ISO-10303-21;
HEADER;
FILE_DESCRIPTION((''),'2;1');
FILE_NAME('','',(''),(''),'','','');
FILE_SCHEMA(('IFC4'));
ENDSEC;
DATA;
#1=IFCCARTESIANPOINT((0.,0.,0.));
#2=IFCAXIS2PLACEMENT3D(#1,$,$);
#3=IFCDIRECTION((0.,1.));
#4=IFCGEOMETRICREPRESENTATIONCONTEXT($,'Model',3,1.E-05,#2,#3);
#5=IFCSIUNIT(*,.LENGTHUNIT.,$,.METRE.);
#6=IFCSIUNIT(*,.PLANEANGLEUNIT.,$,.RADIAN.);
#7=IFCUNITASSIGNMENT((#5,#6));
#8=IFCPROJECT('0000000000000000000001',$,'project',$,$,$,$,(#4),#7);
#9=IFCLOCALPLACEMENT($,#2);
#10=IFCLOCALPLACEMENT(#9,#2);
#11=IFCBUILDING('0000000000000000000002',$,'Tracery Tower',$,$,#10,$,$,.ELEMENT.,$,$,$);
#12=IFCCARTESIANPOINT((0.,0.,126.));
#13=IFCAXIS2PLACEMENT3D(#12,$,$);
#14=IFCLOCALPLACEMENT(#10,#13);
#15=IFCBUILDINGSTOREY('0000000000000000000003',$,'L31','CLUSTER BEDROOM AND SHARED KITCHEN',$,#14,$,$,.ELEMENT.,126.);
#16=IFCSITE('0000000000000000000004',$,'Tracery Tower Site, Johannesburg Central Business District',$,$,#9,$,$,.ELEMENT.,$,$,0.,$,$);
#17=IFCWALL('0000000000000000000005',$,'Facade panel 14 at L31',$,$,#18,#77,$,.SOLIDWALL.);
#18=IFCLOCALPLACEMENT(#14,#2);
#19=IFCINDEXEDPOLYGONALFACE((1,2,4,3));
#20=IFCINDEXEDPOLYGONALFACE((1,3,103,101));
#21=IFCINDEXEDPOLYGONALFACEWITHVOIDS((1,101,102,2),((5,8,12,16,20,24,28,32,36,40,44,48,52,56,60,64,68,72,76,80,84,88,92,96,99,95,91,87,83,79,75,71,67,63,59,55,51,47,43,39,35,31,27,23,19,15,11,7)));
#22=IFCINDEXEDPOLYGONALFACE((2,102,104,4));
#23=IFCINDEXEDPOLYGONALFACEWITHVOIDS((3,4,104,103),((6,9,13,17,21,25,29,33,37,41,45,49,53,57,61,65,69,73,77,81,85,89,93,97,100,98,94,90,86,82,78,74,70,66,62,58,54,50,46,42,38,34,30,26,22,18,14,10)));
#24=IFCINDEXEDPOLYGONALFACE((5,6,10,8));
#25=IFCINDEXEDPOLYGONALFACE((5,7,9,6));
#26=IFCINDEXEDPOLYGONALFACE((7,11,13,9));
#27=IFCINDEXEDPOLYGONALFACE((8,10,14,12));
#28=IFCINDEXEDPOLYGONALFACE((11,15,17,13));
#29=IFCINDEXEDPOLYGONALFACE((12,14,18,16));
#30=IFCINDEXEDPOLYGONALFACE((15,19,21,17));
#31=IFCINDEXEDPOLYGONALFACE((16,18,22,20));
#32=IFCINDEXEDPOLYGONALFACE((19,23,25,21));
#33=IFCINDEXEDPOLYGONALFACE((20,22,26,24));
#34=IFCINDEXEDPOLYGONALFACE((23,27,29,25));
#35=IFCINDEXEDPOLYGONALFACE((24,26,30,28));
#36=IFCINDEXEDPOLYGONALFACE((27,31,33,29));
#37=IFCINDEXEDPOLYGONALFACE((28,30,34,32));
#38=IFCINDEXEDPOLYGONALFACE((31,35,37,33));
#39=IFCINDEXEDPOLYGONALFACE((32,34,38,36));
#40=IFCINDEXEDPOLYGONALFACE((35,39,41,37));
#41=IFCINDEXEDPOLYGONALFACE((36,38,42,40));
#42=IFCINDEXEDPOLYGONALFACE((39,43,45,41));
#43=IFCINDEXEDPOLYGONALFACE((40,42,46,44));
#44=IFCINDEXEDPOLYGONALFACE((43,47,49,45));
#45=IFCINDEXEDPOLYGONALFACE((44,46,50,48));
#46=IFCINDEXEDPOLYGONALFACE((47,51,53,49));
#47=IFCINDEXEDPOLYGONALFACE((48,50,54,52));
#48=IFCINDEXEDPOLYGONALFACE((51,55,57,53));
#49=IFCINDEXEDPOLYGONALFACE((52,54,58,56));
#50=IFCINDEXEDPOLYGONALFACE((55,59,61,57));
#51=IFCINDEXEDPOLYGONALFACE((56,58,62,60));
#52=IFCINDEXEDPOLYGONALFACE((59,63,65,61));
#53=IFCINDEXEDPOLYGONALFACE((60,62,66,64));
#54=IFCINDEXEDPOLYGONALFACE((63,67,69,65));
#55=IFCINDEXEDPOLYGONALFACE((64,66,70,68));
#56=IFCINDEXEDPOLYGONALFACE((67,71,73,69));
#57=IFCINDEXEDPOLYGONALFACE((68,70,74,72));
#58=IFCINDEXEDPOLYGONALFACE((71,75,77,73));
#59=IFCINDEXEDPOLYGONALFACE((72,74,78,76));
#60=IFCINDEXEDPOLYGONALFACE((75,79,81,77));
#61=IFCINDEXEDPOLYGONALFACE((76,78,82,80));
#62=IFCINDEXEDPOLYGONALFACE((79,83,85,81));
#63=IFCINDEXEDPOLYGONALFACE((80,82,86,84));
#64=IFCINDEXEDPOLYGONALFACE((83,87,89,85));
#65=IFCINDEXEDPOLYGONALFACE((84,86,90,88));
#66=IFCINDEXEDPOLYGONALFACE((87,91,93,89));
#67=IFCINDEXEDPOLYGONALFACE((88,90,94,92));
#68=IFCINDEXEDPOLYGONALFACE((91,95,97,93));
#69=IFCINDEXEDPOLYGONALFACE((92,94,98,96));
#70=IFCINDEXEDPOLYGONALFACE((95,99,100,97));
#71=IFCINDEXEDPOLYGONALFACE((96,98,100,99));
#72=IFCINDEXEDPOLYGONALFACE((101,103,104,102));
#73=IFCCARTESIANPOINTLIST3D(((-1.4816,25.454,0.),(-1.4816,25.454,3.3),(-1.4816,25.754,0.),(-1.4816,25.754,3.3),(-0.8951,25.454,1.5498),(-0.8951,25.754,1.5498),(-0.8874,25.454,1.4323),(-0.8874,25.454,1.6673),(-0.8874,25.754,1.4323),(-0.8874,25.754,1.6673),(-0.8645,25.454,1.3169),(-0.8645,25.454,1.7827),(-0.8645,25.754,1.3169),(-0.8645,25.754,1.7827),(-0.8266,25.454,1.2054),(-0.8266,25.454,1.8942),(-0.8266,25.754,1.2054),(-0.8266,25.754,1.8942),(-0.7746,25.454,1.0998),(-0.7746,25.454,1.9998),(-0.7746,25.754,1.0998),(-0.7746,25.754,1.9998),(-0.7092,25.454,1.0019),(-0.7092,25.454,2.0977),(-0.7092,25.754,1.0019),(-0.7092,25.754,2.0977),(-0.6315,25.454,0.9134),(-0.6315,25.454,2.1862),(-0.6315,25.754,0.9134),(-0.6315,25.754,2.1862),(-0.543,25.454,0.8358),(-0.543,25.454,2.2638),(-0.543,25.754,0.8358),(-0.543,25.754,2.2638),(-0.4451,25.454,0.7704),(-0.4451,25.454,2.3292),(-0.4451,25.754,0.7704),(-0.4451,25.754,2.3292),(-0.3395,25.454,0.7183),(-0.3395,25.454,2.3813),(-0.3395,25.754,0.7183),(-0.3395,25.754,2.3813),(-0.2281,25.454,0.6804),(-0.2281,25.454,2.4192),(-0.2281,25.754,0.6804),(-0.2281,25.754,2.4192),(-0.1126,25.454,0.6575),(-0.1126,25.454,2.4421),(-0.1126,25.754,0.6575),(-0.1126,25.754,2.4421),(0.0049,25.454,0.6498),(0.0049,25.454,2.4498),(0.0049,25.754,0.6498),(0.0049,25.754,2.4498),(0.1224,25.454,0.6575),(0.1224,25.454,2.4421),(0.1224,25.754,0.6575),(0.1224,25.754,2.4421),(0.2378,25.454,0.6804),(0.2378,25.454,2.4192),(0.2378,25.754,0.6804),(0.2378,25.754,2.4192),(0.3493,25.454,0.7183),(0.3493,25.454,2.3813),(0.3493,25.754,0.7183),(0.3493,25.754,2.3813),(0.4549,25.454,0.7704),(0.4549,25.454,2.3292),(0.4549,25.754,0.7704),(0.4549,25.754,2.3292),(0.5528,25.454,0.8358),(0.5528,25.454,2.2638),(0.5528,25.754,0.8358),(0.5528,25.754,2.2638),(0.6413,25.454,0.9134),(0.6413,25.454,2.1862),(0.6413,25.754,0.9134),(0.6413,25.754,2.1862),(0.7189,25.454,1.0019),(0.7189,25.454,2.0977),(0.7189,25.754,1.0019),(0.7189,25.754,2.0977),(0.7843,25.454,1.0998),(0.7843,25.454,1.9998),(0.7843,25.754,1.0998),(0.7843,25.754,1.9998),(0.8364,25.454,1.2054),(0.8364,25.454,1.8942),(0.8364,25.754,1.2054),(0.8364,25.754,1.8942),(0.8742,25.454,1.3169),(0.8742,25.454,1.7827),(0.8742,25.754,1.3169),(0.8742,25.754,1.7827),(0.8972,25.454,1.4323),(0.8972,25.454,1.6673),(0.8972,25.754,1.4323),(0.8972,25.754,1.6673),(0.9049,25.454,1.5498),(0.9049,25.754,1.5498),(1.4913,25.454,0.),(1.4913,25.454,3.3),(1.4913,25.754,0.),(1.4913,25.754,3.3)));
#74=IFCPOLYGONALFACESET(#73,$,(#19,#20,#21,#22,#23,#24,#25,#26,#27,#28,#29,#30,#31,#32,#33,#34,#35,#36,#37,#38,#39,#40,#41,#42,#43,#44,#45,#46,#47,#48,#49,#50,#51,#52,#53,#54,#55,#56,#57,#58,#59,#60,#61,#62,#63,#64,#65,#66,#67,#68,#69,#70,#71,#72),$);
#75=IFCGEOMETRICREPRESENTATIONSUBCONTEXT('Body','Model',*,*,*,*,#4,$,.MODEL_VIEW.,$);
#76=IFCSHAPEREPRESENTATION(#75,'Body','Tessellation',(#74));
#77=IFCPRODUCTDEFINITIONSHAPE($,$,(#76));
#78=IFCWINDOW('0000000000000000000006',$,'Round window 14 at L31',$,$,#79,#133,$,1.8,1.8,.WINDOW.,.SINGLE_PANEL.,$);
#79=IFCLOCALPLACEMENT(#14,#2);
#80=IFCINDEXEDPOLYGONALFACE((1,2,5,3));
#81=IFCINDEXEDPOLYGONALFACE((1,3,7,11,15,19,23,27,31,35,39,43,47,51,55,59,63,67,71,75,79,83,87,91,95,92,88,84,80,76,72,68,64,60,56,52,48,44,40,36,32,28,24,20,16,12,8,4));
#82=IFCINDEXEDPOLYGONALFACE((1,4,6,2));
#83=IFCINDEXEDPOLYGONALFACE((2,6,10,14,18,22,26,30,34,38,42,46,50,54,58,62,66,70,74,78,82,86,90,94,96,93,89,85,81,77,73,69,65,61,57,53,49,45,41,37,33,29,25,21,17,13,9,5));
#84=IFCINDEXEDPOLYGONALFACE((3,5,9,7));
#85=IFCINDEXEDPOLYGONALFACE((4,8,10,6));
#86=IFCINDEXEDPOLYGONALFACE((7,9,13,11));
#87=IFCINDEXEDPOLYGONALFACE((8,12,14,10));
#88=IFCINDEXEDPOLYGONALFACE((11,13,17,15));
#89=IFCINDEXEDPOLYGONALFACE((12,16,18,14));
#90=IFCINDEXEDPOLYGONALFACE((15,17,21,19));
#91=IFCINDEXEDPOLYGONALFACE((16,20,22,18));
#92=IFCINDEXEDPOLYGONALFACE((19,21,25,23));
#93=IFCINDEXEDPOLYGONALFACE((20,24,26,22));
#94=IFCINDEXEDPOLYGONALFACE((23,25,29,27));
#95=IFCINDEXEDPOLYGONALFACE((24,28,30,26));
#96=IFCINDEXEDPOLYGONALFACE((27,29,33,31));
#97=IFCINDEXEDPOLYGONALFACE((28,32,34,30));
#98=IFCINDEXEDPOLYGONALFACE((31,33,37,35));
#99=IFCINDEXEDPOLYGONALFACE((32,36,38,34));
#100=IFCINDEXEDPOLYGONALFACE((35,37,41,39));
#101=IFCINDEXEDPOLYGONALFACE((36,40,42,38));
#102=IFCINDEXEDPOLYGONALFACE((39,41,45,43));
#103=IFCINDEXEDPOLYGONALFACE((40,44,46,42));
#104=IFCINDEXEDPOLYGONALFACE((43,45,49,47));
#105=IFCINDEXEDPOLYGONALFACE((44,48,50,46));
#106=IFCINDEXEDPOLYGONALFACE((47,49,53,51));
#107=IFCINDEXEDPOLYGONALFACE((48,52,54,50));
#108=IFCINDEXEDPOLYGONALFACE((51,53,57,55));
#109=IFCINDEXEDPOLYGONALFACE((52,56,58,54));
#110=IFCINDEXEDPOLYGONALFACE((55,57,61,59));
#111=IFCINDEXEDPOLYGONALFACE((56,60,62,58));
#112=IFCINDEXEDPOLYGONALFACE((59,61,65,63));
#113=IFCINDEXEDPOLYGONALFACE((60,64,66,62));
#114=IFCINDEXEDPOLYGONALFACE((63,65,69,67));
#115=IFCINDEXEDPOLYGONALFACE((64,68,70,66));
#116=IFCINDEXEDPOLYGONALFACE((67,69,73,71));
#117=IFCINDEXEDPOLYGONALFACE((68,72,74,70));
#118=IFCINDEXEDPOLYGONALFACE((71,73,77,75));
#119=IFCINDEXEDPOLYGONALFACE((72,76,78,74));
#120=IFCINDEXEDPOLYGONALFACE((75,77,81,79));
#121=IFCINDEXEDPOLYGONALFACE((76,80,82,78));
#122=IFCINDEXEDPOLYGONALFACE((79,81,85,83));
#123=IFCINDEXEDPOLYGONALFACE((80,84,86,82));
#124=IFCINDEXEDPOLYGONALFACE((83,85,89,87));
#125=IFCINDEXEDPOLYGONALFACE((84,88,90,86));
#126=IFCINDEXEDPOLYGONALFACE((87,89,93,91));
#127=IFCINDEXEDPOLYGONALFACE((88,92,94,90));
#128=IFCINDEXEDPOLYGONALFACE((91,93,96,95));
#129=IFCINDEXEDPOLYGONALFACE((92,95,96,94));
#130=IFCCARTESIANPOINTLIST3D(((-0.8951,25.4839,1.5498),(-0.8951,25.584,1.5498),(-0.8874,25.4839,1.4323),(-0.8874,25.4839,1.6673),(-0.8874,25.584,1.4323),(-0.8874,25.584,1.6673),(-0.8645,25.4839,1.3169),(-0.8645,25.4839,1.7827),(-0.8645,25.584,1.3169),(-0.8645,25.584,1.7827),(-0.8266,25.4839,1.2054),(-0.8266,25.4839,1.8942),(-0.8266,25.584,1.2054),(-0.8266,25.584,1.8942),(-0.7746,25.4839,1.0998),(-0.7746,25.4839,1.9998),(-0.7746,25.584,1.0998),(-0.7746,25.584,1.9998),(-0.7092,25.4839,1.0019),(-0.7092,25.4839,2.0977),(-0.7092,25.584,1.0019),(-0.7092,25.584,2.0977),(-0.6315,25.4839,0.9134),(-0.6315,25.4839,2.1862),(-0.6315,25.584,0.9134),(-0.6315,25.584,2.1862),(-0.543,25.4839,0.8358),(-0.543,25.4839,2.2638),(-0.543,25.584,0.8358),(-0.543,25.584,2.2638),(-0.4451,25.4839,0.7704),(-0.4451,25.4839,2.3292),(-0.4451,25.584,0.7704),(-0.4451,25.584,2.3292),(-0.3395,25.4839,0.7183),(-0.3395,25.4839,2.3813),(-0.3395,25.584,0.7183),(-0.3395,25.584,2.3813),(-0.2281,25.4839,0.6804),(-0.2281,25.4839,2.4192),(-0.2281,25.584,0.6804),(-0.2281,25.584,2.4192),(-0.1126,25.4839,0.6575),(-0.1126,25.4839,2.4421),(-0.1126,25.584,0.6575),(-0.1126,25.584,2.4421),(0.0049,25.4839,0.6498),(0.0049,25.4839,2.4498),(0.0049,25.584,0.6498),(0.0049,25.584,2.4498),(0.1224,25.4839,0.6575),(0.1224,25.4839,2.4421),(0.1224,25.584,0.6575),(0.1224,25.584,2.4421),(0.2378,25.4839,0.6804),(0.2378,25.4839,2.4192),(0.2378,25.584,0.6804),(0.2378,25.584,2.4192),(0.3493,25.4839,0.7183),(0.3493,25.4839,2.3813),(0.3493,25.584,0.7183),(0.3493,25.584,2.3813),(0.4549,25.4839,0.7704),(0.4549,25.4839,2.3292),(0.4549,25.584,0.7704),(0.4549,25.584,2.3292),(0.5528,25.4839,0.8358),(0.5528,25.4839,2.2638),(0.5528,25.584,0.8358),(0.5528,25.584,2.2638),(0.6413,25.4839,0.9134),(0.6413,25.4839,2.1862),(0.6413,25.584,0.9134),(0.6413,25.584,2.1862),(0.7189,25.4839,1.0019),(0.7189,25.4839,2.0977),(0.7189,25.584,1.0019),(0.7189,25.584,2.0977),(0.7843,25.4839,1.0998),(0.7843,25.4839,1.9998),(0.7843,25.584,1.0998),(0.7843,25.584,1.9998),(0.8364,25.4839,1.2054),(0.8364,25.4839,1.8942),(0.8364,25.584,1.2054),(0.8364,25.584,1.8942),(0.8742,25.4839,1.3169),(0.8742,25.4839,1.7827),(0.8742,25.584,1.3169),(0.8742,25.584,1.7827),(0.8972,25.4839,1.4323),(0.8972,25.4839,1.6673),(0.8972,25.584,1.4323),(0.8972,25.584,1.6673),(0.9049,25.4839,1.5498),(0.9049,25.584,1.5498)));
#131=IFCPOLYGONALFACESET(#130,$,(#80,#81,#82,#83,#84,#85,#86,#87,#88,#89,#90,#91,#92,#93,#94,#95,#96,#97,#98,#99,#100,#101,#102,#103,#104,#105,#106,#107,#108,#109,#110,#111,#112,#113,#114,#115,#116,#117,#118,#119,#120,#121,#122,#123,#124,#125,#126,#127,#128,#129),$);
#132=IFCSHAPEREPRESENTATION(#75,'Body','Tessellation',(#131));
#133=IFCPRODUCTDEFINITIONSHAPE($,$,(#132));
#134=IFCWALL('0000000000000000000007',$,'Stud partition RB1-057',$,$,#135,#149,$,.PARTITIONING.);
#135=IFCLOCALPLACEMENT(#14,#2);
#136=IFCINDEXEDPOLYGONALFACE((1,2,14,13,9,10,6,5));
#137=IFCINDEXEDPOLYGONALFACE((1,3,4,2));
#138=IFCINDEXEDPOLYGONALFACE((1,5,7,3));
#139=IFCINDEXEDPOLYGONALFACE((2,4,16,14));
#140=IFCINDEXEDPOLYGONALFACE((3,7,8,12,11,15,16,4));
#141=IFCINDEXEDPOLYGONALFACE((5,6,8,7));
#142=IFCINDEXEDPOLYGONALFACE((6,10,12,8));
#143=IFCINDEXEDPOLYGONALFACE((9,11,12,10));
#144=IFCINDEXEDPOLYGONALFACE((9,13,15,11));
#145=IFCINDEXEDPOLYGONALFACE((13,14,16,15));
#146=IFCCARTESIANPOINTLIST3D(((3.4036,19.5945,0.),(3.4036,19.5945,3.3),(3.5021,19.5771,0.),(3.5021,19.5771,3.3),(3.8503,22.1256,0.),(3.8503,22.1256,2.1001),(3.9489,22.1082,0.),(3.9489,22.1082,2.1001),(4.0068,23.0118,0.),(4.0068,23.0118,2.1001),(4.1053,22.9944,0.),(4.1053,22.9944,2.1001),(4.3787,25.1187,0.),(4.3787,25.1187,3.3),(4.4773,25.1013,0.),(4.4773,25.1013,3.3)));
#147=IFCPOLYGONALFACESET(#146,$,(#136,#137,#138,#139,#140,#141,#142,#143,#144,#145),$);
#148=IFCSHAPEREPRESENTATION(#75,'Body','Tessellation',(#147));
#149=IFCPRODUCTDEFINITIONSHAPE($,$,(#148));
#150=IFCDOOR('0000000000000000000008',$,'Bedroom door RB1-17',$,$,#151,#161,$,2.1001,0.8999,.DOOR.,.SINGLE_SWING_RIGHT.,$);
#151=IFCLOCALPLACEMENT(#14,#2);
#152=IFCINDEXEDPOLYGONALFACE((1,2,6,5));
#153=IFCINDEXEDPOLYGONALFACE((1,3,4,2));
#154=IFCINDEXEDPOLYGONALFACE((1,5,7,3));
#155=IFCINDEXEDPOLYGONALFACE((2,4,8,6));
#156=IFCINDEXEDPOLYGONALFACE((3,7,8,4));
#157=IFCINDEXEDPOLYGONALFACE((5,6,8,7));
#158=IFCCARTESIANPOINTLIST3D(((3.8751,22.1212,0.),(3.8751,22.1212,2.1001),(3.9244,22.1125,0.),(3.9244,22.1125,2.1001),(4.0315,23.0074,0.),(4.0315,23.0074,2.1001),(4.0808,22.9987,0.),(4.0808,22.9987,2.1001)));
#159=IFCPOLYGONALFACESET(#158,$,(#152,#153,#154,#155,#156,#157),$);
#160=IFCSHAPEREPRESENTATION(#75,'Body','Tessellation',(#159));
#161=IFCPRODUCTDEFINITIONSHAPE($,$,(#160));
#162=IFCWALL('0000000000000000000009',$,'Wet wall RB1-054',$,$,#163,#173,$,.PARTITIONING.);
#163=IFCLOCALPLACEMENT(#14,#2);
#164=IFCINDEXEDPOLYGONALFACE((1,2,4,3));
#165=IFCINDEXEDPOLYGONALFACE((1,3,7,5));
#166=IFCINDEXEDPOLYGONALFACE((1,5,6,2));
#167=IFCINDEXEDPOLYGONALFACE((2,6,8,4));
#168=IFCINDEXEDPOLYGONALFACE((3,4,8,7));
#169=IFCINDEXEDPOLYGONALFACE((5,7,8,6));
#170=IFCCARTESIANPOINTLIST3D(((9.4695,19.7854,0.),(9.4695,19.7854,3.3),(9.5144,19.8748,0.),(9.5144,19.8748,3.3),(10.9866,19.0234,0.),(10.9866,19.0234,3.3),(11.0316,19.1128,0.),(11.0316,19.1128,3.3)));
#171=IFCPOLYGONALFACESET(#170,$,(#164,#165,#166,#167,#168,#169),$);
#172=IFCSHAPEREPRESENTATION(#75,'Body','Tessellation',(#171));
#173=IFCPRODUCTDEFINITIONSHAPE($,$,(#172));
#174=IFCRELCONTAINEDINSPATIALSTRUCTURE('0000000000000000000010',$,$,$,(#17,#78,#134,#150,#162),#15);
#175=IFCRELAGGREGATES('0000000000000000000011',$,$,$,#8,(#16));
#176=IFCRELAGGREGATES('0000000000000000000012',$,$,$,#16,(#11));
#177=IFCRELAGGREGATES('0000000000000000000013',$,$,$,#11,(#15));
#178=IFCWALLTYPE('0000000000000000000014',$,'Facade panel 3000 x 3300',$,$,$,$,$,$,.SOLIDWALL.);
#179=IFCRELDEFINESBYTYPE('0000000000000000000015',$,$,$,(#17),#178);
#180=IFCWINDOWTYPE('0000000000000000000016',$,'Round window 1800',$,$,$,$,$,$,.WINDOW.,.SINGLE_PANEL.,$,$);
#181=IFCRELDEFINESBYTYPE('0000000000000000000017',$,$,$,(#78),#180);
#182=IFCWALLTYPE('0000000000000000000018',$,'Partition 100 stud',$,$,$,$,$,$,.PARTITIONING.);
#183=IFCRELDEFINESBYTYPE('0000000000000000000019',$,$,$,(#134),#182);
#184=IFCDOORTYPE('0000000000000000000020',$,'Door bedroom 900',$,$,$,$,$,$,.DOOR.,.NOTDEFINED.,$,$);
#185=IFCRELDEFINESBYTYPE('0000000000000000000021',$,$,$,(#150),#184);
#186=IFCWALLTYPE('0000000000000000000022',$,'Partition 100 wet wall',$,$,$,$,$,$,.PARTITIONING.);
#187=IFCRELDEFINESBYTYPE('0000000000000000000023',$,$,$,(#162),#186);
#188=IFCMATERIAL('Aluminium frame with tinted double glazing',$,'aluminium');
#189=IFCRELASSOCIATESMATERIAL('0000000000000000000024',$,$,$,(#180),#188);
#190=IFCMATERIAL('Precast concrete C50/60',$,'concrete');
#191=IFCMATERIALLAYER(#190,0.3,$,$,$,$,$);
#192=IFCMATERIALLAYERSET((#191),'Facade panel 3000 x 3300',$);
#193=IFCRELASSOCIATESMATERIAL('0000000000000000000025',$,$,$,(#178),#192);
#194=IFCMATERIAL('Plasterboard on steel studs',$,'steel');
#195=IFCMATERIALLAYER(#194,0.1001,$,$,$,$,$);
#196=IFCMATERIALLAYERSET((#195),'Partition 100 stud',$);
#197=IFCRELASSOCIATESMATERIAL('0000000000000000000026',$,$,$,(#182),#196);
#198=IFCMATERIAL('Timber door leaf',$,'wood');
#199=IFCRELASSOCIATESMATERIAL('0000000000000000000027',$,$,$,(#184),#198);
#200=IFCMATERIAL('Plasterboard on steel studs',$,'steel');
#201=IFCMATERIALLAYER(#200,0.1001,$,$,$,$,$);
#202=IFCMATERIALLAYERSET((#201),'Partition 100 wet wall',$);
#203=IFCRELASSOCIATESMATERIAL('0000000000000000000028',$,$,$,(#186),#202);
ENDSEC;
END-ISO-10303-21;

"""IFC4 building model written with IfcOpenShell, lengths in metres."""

from ifc_helpers import new_model, si_unit, direction, frame, frame_2d, origin, origin_2d, place, context, subcontext, project, spatial, rectangle, circle, extrude, material, layer, layer_set, type_object, element, fill, save


model = new_model("IFC4")

# Units and contexts
model_context = context("Model", 3, precision=1e-05, world=origin(), true_north=direction((0.0, 1.0)))
body_context = subcontext(model_context, "Body", "Model", "MODEL_VIEW")
ifc_project = project(units=[si_unit("LENGTHUNIT", "METRE"), si_unit("PLANEANGLEUNIT", "RADIAN")], contexts=[model_context])

# Site, building, storey
site_placement = place(None, origin())
site = spatial("IfcSite", under=ifc_project, at=site_placement, Name="Tracery Tower Site, Johannesburg Central Business District", CompositionType="ELEMENT", RefElevation=0.0)
building_placement = place(site_placement, origin())
building = spatial("IfcBuilding", under=site, at=building_placement, Name="Tracery Tower", CompositionType="ELEMENT")
storey_placement = place(building_placement, frame((0.0, 0.0, 126.0)))
storey = spatial("IfcBuildingStorey", under=building, at=storey_placement, Name="L31", Description="CLUSTER BEDROOM AND SHARED KITCHEN", CompositionType="ELEMENT", Elevation=126.0)

# Wall, opening, window
ifc_material_1 = material(Name="Aluminium frame with tinted double glazing", Category="aluminium")
window_type = type_object("IfcWindowType", Name="Round window 1800", PartitioningType="SINGLE_PANEL", PredefinedType="WINDOW", material=ifc_material_1)
ifc_material_2 = material(Name="Precast concrete C50/60", Category="concrete")
ifc_layer_1 = layer(ifc_material_2, 0.3)
ifc_layer_set_1 = layer_set([ifc_layer_1], Name="Facade panel 3000 x 3300")
wall_type_1 = type_object("IfcWallType", Name="Facade panel 3000 x 3300", PredefinedType="SOLIDWALL", material=ifc_layer_set_1)
wall_1_placement = place(storey_placement, frame((1.4912, 25.604, 0.0), z_axis=(0.0, 0.0, 1.0), x_axis=(-1.0, 0.0, 0.0)))
wall_1 = element("IfcWall", 1, at=wall_1_placement, inside=storey, type_object=wall_type_1, Name="Facade panel 14 at L31", PredefinedType="SOLIDWALL", context=body_context, shape_type="SweptSolid", body=[
    extrude(rectangle(XDim=2.9729, YDim=0.3, at=frame_2d((1.4863, 0.0))), origin(), (0.0, 0.0, 1.0), 3.3),
])
opening_1_placement = place(wall_1_placement, frame((1.4863, 0.0, 1.5498)))
opening_1 = element("IfcOpeningElement", 2, at=opening_1_placement, cuts=wall_1, PredefinedType="OPENING", context=body_context, shape_type="SweptSolid", body=[
    extrude(circle(Radius=0.9, at=origin_2d()), frame((0.0, 0.1599, 0.0), z_axis=(0.0, -1.0, 0.0), x_axis=(1.0, 0.0, 0.0)), (0.0, 0.0, 1.0), 0.3201),
])
window_1_placement = place(opening_1_placement, origin())
window_1 = element("IfcWindow", 3, at=window_1_placement, inside=storey, type_object=window_type, Name="Round window 14 at L31", OverallHeight=1.8, OverallWidth=1.8, PartitioningType="SINGLE_PANEL", PredefinedType="WINDOW", context=body_context, shape_type="SweptSolid", body=[
    extrude(circle(Radius=0.9, at=origin_2d()), frame((0.0, 0.1201, 0.0), z_axis=(0.0, -1.0, 0.0), x_axis=(1.0, 0.0, 0.0)), (0.0, 0.0, 1.0), 0.1001),
])
fill(opening_1, window_1)

# Wall, opening, door
ifc_material_3 = material(Name="Plasterboard on steel studs", Category="steel")
ifc_layer_2 = layer(ifc_material_3, 0.1001)
ifc_layer_set_2 = layer_set([ifc_layer_2], Name="Partition 100 stud")
wall_type_2 = type_object("IfcWallType", Name="Partition 100 stud", PredefinedType="PARTITIONING", material=ifc_layer_set_2)
wall_2_placement = place(storey_placement, frame((3.4529, 19.5859, 0.0), z_axis=(0.0, 0.0, 1.0), x_axis=(0.173828, 0.984776, 0.0)))
wall_2 = element("IfcWall", 4, at=wall_2_placement, inside=storey, type_object=wall_type_2, Name="Stud partition RB1-057", PredefinedType="PARTITIONING", context=body_context, shape_type="SweptSolid", body=[
    extrude(rectangle(XDim=5.6096, YDim=0.1001, at=frame_2d((2.8047, 0.0))), origin(), (0.0, 0.0, 1.0), 3.3),
])
opening_2_placement = place(wall_2_placement, frame((2.5701, 0.0, 0.0)))
opening_2 = element("IfcOpeningElement", 5, at=opening_2_placement, cuts=wall_2, PredefinedType="OPENING", context=body_context, shape_type="SweptSolid", body=[
    extrude(rectangle(XDim=0.8999, YDim=2.1001, at=frame_2d((0.45, 1.05))), frame((0.0, 0.05, 0.0), z_axis=(0.0, -1.0, 0.0), x_axis=(1.0, 0.0, 0.0)), (0.0, 0.0, 1.0), 0.1001),
])
ifc_material_4 = material(Name="Timber door leaf", Category="wood")
door_type_1 = type_object("IfcDoorType", Name="Door bedroom 900", OperationType="NOTDEFINED", PredefinedType="DOOR", material=ifc_material_4)
door_1_placement = place(opening_2_placement, origin())
door_1 = element("IfcDoor", 6, at=door_1_placement, inside=storey, type_object=door_type_1, Name="Bedroom door RB1-17", OperationType="SINGLE_SWING_RIGHT", OverallHeight=2.1001, OverallWidth=0.8999, PredefinedType="DOOR", context=body_context, shape_type="SweptSolid", body=[
    extrude(rectangle(XDim=0.8999, YDim=2.1001, at=frame_2d((0.45, 1.05))), frame((0.0, 0.0249, 0.0), z_axis=(0.0, -1.0, 0.0), x_axis=(1.0, 0.0, 0.0)), (0.0, 0.0, 1.0), 0.05),
])
fill(opening_2, door_1)

# Wall
ifc_material_5 = material(Name="Plasterboard on steel studs", Category="steel")
ifc_layer_3 = layer(ifc_material_5, 0.1001)
ifc_layer_set_3 = layer_set([ifc_layer_3], Name="Partition 100 wet wall")
wall_type_3 = type_object("IfcWallType", Name="Partition 100 wet wall", PredefinedType="PARTITIONING", material=ifc_layer_set_3)
wall_3_placement = place(storey_placement, frame((9.4919, 19.8301, 0.0), z_axis=(0.0, 0.0, 1.0), x_axis=(0.89362, -0.448824, 0.0)))
element("IfcWall", 7, at=wall_3_placement, inside=storey, type_object=wall_type_3, Name="Wet wall RB1-054", PredefinedType="PARTITIONING", context=body_context, shape_type="SweptSolid", body=[
    extrude(rectangle(XDim=1.6978, YDim=0.1001, at=frame_2d((0.8489, 0.0))), origin(), (0.0, 0.0, 1.0), 3.3),
])

save(model, "model.ifc")
